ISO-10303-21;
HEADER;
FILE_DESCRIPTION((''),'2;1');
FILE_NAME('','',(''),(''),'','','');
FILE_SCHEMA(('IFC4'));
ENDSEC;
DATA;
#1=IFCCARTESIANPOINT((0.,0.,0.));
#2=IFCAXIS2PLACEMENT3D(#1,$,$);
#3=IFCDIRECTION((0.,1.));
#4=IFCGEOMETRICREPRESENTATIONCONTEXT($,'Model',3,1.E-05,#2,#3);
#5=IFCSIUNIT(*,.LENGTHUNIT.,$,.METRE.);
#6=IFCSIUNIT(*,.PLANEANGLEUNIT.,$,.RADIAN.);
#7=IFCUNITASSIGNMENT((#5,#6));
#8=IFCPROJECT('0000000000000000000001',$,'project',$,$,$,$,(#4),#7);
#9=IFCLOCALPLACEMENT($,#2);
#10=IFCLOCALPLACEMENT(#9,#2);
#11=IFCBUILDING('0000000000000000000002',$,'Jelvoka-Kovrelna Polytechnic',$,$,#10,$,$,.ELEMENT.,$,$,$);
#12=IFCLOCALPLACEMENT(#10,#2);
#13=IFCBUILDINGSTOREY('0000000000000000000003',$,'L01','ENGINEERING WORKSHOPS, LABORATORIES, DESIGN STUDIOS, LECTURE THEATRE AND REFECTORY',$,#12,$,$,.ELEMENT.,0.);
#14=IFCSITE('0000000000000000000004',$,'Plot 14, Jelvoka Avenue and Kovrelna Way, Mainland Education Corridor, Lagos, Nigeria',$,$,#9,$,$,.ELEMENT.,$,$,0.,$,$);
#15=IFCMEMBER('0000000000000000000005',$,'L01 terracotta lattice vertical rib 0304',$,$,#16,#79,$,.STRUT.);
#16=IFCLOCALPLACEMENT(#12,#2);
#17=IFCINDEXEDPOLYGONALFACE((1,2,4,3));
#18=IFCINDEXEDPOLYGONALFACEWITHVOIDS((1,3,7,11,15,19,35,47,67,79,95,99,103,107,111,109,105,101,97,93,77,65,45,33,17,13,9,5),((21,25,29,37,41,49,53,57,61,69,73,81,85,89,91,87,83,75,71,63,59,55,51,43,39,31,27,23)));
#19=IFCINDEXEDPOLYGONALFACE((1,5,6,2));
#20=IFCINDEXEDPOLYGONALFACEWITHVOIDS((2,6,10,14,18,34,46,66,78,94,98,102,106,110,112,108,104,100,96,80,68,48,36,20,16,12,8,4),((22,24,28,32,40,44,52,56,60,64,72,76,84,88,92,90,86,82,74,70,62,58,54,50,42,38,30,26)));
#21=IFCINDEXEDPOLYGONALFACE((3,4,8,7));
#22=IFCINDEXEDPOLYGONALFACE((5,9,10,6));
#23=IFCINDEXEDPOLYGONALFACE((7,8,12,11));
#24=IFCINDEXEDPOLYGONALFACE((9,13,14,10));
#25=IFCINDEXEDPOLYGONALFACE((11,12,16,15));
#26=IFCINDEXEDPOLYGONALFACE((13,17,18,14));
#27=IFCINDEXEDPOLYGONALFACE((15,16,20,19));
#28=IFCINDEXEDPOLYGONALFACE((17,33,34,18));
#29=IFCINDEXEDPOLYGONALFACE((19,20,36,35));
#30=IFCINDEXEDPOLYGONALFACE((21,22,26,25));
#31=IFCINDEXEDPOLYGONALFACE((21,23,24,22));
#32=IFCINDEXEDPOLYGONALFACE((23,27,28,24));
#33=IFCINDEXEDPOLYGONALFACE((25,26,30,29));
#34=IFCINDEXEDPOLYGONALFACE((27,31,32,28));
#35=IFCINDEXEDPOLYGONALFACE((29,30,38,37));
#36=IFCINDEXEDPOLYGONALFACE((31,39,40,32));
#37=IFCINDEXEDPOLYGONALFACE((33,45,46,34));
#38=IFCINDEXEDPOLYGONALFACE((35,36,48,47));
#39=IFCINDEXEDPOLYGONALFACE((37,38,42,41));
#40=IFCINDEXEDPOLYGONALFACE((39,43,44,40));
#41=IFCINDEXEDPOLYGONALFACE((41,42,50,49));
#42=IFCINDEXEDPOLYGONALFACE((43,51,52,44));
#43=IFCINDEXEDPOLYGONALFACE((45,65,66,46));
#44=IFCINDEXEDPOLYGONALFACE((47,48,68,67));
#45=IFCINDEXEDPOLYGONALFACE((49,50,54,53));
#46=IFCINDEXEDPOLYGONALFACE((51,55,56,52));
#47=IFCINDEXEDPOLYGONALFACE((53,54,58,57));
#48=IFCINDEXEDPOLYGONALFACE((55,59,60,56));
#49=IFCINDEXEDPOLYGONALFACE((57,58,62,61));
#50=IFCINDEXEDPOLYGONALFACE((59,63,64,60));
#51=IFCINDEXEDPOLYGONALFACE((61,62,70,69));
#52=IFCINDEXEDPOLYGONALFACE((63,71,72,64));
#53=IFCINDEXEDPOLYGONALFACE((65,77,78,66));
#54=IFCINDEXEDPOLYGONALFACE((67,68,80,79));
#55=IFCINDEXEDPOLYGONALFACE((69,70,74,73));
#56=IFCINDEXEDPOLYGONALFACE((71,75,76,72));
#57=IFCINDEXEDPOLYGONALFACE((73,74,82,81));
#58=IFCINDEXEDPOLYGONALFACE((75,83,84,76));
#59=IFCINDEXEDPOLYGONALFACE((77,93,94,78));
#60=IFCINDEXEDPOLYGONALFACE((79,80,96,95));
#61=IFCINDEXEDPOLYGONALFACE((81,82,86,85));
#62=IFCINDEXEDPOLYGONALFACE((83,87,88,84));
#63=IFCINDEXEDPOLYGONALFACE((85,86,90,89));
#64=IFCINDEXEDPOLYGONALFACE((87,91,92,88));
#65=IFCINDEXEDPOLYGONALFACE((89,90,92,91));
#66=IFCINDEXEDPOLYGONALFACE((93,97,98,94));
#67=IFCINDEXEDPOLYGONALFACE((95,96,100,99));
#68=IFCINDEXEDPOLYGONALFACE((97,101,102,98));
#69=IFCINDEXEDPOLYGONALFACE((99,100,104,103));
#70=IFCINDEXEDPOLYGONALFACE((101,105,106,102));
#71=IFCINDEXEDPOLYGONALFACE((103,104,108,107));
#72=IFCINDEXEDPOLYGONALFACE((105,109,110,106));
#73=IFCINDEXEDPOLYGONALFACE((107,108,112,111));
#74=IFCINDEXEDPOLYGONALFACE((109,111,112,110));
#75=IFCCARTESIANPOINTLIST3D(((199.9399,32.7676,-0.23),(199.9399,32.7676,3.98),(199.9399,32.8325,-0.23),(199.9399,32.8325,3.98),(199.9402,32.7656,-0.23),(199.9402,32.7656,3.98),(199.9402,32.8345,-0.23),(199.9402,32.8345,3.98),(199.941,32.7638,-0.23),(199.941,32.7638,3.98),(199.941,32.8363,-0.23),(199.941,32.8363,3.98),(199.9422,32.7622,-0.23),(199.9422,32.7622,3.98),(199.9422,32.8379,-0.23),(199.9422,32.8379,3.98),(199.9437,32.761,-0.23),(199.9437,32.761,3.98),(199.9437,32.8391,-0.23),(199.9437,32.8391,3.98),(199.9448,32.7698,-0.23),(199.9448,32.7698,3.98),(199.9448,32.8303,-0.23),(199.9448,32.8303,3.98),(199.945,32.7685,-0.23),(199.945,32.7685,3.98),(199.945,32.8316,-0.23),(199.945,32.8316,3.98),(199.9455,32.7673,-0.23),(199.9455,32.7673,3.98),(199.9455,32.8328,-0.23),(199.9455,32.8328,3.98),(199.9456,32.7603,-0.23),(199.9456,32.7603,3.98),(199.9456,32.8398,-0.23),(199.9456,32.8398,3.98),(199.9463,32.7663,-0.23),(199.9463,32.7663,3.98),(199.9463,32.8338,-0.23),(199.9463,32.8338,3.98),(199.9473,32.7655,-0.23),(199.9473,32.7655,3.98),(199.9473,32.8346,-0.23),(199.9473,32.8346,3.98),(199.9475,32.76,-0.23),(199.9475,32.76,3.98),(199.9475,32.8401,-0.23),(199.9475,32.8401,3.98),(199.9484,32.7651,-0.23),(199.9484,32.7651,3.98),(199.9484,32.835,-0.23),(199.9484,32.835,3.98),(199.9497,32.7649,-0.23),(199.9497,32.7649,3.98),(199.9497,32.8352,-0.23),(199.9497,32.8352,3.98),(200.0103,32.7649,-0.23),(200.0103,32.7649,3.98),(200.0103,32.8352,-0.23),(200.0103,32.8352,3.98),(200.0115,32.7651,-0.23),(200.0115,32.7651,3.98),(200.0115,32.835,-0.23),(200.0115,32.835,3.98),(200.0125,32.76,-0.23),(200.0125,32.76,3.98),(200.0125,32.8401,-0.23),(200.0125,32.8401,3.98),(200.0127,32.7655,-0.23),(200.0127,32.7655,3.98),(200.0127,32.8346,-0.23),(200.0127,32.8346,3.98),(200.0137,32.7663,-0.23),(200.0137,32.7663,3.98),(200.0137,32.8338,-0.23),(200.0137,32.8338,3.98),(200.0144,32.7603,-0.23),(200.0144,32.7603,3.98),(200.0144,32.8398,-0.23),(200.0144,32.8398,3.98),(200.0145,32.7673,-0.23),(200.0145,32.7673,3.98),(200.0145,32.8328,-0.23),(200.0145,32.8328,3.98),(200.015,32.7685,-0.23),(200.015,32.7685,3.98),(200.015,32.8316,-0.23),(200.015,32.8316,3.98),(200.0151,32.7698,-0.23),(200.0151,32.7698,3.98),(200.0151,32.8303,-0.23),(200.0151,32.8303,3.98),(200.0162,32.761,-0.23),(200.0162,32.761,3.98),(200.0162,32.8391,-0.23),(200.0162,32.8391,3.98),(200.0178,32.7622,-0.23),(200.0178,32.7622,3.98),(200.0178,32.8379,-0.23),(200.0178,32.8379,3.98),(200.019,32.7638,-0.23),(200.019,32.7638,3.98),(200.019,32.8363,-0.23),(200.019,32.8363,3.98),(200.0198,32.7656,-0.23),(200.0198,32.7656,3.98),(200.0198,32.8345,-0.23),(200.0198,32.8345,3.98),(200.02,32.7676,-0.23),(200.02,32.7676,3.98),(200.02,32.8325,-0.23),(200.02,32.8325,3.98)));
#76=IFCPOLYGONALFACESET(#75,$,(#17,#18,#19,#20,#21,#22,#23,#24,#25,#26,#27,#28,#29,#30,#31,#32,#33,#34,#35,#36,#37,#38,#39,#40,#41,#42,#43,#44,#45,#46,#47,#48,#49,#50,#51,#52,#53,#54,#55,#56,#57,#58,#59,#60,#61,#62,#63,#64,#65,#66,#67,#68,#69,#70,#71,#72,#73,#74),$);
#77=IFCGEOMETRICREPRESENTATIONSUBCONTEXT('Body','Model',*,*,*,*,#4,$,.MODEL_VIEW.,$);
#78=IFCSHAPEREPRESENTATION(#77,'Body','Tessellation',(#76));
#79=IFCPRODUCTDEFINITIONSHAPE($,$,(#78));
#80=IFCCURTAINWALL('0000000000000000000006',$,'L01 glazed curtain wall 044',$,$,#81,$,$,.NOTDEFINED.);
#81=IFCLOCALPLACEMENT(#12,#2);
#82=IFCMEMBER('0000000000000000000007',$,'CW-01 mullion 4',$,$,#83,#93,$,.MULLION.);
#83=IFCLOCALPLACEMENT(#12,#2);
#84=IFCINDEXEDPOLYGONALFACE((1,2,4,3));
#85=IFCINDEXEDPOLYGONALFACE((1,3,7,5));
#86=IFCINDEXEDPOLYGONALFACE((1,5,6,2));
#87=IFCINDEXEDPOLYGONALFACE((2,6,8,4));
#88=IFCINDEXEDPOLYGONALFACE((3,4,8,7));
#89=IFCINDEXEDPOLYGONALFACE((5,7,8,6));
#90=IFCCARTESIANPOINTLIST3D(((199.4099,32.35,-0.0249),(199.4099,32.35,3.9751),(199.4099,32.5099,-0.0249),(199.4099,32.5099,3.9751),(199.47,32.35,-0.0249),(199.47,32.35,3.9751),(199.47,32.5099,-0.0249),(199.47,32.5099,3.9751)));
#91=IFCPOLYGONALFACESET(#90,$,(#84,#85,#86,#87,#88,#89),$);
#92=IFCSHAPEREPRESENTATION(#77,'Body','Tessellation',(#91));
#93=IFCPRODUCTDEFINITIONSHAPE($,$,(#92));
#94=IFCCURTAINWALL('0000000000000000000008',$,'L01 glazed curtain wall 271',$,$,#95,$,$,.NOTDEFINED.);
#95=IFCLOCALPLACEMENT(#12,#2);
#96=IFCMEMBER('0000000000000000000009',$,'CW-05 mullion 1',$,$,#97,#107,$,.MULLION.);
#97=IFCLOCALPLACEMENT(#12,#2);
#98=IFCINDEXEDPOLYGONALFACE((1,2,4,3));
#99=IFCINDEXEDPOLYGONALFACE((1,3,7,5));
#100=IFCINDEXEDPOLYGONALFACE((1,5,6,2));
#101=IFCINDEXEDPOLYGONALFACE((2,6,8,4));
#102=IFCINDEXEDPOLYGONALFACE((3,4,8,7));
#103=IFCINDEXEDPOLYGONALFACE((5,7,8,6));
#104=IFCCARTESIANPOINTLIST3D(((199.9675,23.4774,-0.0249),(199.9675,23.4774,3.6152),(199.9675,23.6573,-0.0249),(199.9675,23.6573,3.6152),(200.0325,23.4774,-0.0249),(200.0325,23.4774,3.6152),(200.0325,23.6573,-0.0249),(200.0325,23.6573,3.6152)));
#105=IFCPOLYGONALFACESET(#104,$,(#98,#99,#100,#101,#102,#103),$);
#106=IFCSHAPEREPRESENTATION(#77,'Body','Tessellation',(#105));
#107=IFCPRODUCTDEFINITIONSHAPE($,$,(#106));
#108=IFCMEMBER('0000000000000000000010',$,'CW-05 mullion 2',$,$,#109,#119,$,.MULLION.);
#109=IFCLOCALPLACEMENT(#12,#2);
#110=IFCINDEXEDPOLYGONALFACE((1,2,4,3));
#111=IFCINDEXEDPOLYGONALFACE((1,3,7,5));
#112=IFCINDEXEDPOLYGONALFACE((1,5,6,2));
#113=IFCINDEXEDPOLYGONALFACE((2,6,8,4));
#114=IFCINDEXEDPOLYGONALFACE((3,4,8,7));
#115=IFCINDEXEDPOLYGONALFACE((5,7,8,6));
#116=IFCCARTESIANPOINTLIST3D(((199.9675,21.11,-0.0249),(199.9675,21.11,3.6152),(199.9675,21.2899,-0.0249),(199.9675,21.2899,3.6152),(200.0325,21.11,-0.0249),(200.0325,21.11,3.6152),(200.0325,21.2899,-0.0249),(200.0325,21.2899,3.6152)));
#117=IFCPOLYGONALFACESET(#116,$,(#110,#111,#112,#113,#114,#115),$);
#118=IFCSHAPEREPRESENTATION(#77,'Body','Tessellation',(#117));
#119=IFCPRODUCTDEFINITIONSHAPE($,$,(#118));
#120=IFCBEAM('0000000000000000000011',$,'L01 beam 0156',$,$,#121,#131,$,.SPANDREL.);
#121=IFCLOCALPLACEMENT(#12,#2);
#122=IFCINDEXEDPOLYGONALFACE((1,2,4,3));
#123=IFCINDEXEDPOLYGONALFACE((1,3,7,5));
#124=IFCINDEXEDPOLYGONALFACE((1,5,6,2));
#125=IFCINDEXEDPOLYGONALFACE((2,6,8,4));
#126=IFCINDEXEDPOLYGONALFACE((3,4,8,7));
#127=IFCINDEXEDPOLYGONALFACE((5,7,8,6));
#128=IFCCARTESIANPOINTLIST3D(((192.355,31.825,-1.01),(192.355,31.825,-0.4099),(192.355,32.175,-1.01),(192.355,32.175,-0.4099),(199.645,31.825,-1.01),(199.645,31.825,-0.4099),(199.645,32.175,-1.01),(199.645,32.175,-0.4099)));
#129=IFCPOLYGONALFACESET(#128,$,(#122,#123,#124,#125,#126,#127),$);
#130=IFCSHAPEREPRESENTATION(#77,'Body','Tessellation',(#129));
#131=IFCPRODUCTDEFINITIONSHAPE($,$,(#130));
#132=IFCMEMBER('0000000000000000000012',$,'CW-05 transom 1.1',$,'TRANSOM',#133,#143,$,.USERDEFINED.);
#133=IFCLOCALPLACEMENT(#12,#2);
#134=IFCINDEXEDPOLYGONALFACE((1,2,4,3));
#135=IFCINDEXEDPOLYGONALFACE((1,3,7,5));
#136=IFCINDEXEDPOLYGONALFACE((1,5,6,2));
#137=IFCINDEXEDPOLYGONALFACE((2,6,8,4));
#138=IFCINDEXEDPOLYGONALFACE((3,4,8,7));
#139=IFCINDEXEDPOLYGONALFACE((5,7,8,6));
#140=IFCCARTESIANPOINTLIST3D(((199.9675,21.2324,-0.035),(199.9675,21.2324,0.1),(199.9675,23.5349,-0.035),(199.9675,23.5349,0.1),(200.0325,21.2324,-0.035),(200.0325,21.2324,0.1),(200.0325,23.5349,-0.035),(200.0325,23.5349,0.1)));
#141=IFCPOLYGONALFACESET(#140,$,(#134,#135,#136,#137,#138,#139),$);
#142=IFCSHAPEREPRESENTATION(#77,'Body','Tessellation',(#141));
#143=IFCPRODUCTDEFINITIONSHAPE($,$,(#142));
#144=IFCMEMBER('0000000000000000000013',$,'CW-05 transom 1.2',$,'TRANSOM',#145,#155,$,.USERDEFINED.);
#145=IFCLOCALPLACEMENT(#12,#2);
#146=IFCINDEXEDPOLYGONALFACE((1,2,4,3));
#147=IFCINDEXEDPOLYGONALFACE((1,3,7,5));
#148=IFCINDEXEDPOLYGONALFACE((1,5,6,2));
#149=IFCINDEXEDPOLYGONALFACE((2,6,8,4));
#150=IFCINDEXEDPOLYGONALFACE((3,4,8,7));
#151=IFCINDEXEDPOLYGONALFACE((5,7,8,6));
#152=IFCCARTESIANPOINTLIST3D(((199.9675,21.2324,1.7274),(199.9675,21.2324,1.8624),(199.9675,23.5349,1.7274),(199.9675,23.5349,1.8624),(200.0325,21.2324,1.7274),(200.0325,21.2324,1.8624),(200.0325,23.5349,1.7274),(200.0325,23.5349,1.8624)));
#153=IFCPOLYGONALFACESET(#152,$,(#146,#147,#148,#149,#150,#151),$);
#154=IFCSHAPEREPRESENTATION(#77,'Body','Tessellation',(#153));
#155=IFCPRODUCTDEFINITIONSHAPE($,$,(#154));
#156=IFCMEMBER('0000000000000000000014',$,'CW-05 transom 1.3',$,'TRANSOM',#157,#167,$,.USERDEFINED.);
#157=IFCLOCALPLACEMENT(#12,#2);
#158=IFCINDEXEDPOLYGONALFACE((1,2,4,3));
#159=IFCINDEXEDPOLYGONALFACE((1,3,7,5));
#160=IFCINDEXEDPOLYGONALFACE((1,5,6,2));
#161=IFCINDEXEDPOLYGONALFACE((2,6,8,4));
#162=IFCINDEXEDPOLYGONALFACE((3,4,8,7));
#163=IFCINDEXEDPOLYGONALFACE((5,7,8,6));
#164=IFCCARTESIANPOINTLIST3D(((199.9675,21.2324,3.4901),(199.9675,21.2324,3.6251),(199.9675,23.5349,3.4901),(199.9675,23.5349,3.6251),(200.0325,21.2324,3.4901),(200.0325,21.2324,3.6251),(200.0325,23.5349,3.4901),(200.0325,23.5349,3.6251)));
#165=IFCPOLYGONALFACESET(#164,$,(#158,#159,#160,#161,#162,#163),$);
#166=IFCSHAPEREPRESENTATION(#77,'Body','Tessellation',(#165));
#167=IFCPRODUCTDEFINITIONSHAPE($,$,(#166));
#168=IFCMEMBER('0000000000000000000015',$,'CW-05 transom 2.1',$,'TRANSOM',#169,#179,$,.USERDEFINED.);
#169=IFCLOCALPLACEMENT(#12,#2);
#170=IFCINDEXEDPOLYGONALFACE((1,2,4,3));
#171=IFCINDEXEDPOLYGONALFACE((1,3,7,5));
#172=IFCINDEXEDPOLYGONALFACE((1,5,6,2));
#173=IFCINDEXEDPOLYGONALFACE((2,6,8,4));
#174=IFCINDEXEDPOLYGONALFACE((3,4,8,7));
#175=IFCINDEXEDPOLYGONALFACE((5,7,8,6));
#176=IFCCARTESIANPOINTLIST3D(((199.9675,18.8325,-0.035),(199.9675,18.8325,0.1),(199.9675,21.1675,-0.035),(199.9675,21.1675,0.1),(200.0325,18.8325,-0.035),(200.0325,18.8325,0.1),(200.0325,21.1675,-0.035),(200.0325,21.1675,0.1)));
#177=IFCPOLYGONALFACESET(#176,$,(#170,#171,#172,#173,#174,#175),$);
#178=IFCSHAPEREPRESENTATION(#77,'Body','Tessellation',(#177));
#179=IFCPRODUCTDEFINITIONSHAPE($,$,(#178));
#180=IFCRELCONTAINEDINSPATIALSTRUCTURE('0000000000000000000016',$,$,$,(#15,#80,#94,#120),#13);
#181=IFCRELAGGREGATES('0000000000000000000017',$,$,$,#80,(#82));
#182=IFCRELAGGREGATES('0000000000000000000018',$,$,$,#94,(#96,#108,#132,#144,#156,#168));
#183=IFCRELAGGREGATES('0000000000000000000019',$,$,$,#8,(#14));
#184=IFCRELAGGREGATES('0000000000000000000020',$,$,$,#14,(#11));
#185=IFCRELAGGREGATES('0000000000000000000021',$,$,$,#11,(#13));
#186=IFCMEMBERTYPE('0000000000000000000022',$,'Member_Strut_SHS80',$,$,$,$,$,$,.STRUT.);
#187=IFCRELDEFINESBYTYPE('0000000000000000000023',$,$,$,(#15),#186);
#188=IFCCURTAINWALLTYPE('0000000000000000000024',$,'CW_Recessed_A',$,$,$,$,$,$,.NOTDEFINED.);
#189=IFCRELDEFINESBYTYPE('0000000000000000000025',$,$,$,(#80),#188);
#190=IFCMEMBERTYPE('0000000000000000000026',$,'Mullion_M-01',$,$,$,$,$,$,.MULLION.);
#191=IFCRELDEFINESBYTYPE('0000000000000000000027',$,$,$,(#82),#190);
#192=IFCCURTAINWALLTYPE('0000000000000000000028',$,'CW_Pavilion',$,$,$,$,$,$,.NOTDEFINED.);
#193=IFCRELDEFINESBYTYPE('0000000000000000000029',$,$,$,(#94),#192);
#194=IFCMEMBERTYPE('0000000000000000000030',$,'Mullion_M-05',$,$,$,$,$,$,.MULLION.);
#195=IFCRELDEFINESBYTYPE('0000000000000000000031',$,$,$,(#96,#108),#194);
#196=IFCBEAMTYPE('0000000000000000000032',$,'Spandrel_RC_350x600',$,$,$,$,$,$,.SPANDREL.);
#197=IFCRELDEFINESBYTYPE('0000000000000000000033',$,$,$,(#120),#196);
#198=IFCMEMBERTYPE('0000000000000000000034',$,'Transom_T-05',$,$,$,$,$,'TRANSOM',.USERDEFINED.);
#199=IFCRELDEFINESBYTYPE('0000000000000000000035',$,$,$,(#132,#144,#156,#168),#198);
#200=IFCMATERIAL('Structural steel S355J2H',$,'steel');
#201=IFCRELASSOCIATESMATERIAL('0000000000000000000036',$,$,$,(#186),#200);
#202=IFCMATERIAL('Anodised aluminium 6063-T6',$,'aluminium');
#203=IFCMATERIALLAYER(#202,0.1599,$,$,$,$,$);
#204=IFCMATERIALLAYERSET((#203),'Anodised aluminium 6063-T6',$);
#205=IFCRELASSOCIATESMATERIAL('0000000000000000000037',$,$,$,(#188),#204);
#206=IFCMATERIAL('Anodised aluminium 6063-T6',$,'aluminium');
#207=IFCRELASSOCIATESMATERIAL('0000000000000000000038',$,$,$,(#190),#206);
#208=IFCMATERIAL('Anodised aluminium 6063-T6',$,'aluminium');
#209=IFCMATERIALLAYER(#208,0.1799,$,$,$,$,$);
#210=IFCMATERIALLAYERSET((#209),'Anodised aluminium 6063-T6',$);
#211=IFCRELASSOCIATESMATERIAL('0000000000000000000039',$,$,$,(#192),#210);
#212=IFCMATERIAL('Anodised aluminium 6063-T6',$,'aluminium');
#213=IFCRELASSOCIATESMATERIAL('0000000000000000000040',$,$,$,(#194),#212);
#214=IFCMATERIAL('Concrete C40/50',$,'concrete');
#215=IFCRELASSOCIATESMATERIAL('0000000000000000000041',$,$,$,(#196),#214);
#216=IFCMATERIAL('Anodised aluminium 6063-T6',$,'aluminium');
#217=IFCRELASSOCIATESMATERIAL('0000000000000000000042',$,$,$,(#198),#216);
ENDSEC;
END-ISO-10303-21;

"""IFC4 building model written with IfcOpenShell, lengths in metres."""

from ifc_helpers import new_model, si_unit, direction, frame, origin, origin_2d, place, context, subcontext, project, spatial, rectangle, hollow_rectangle, extrude, material, layer, layer_set, material_profile, profile_set, type_object, element, aggregate, save


model = new_model("IFC4")

# Units and contexts
model_context = context("Model", 3, precision=1e-05, world=origin(), true_north=direction((0.0, 1.0)))
body_context = subcontext(model_context, "Body", "Model", "MODEL_VIEW")
ifc_project = project(units=[si_unit("LENGTHUNIT", "METRE"), si_unit("PLANEANGLEUNIT", "RADIAN")], contexts=[model_context])

# Site, building, storey
site_placement = place(None, origin())
site = spatial("IfcSite", under=ifc_project, at=site_placement, Name="Plot 14, Jelvoka Avenue and Kovrelna Way, Mainland Education Corridor, Lagos, Nigeria", CompositionType="ELEMENT", RefElevation=0.0)
building_placement = place(site_placement, origin())
building = spatial("IfcBuilding", under=site, at=building_placement, Name="Jelvoka-Kovrelna Polytechnic", CompositionType="ELEMENT")
storey_placement = place(building_placement, origin())
storey = spatial("IfcBuildingStorey", under=building, at=storey_placement, Name="L01", Description="ENGINEERING WORKSHOPS, LABORATORIES, DESIGN STUDIOS, LECTURE THEATRE AND REFECTORY", CompositionType="ELEMENT", Elevation=0.0)

# Member
ifc_material_1 = material(Name="Structural steel S355J2H", Category="steel")
ifc_material_profile_1 = material_profile(ifc_material_1, hollow_rectangle(XDim=0.0801, YDim=0.0801, WallThickness=0.0049, InnerFilletRadius=0.0049, OuterFilletRadius=0.0076, at=origin_2d()), Name="80x80x5.0 SHS")
ifc_profile_set_1 = profile_set([ifc_material_profile_1], Name="Structural steel S355J2H")
member_type_1 = type_object("IfcMemberType", Name="Member_Strut_SHS80", PredefinedType="STRUT", material=ifc_profile_set_1)
member_1_placement = place(storey_placement, frame((199.98, 32.8, -0.23), z_axis=(0.0, 0.0, 1.0), x_axis=(1.0, 0.0, 0.0)))
element("IfcMember", 1, at=member_1_placement, inside=storey, type_object=member_type_1, Name="L01 terracotta lattice vertical rib 0304", PredefinedType="STRUT", context=body_context, shape_type="SweptSolid", body=[
    extrude(hollow_rectangle(XDim=0.0801, YDim=0.0801, WallThickness=0.0049, InnerFilletRadius=0.0049, OuterFilletRadius=0.0076, at=origin_2d()), origin(), (0.0, 0.0, 1.0), 4.21),
])

# Curtain wall, member
ifc_material_2 = material(Name="Anodised aluminium 6063-T6", Category="aluminium")
ifc_layer_1 = layer(ifc_material_2, 0.1599)
ifc_layer_set_1 = layer_set([ifc_layer_1], Name="Anodised aluminium 6063-T6")
curtain_wall_type_1 = type_object("IfcCurtainWallType", Name="CW_Recessed_A", PredefinedType="NOTDEFINED", material=ifc_layer_set_1)
curtain_wall_1_placement = place(storey_placement, origin())
curtain_wall_1 = element("IfcCurtainWall", 2, at=curtain_wall_1_placement, inside=storey, type_object=curtain_wall_type_1, Name="L01 glazed curtain wall 044", PredefinedType="NOTDEFINED")
ifc_material_3 = material(Name="Anodised aluminium 6063-T6", Category="aluminium")
ifc_material_profile_2 = material_profile(ifc_material_3, rectangle(XDim=0.0601, YDim=0.1599, at=origin_2d()), Name="ALU 60x160")
ifc_profile_set_2 = profile_set([ifc_material_profile_2], Name="Anodised aluminium 6063-T6")
member_type_2 = type_object("IfcMemberType", Name="Mullion_M-01", PredefinedType="MULLION", material=ifc_profile_set_2)
member_2_placement = place(storey_placement, frame((199.4399, 32.4299, -0.0249), z_axis=(0.0, 0.0, 1.0), x_axis=(1.0, 0.0, 0.0)))
member_2 = element("IfcMember", 3, at=member_2_placement, type_object=member_type_2, Name="CW-01 mullion 4", PredefinedType="MULLION", context=body_context, shape_type="SweptSolid", body=[
    extrude(rectangle(XDim=0.0601, YDim=0.1599, at=origin_2d()), origin(), (0.0, 0.0, 1.0), 4.0),
])
aggregate(curtain_wall_1, [member_2])

# Curtain wall, members
ifc_material_4 = material(Name="Anodised aluminium 6063-T6", Category="aluminium")
ifc_layer_2 = layer(ifc_material_4, 0.1799)
ifc_layer_set_2 = layer_set([ifc_layer_2], Name="Anodised aluminium 6063-T6")
curtain_wall_type_2 = type_object("IfcCurtainWallType", Name="CW_Pavilion", PredefinedType="NOTDEFINED", material=ifc_layer_set_2)
curtain_wall_2_placement = place(storey_placement, origin())
curtain_wall_2 = element("IfcCurtainWall", 4, at=curtain_wall_2_placement, inside=storey, type_object=curtain_wall_type_2, Name="L01 glazed curtain wall 271", PredefinedType="NOTDEFINED")
ifc_material_5 = material(Name="Anodised aluminium 6063-T6", Category="aluminium")
ifc_material_profile_3 = material_profile(ifc_material_5, rectangle(XDim=0.0649, YDim=0.1799, at=origin_2d()), Name="ALU 65x180")
ifc_profile_set_3 = profile_set([ifc_material_profile_3], Name="Anodised aluminium 6063-T6")
member_type_3 = type_object("IfcMemberType", Name="Mullion_M-05", PredefinedType="MULLION", material=ifc_profile_set_3)
member_3_placement = place(storey_placement, frame((200.0, 23.5674, -0.0249), z_axis=(0.0, 0.0, 1.0), x_axis=(1.0, 0.0, 0.0)))
member_3 = element("IfcMember", 5, at=member_3_placement, type_object=member_type_3, Name="CW-05 mullion 1", PredefinedType="MULLION", context=body_context, shape_type="SweptSolid", body=[
    extrude(rectangle(XDim=0.0649, YDim=0.1799, at=origin_2d()), origin(), (0.0, 0.0, 1.0), 3.6401),
])
member_4_placement = place(storey_placement, frame((200.0, 21.2, -0.0249), z_axis=(0.0, 0.0, 1.0), x_axis=(1.0, 0.0, 0.0)))
member_4 = element("IfcMember", 6, at=member_4_placement, type_object=member_type_3, Name="CW-05 mullion 2", PredefinedType="MULLION", context=body_context, shape_type="SweptSolid", body=[
    extrude(rectangle(XDim=0.0649, YDim=0.1799, at=origin_2d()), origin(), (0.0, 0.0, 1.0), 3.6401),
])

# Beam
ifc_material_6 = material(Name="Concrete C40/50", Category="concrete")
ifc_material_profile_4 = material_profile(ifc_material_6, rectangle(XDim=0.3501, YDim=0.6001, at=origin_2d()), Name="RC 350x600")
ifc_profile_set_4 = profile_set([ifc_material_profile_4], Name="Concrete C40/50")
beam_type_1 = type_object("IfcBeamType", Name="Spandrel_RC_350x600", PredefinedType="SPANDREL", material=ifc_profile_set_4)
beam_placement = place(storey_placement, frame((192.355, 32.0, -0.71), z_axis=(1.0, 0.0, 0.0), x_axis=(0.0, 1.0, 0.0)))
element("IfcBeam", 7, at=beam_placement, inside=storey, type_object=beam_type_1, Name="L01 beam 0156", PredefinedType="SPANDREL", context=body_context, shape_type="SweptSolid", body=[
    extrude(rectangle(XDim=0.3501, YDim=0.6001, at=origin_2d()), origin(), (0.0, 0.0, 1.0), 7.29),
])

# Members
ifc_material_7 = material(Name="Anodised aluminium 6063-T6", Category="aluminium")
ifc_material_profile_5 = material_profile(ifc_material_7, rectangle(XDim=0.0649, YDim=0.135, at=origin_2d()), Name="ALU 65x135")
ifc_profile_set_5 = profile_set([ifc_material_profile_5], Name="Anodised aluminium 6063-T6")
member_type_4 = type_object("IfcMemberType", Name="Transom_T-05", ElementType="TRANSOM", PredefinedType="USERDEFINED", material=ifc_profile_set_5)
member_5_placement = place(storey_placement, frame((200.0, 23.5349, 0.0325), z_axis=(0.0, -1.0, 0.0), x_axis=(1.0, 0.0, 0.0)))
member_5 = element("IfcMember", 8, at=member_5_placement, type_object=member_type_4, Name="CW-05 transom 1.1", ObjectType="TRANSOM", PredefinedType="USERDEFINED", context=body_context, shape_type="SweptSolid", body=[
    extrude(rectangle(XDim=0.0649, YDim=0.135, at=origin_2d()), origin(), (0.0, 0.0, 1.0), 2.3025),
])
member_6_placement = place(storey_placement, frame((200.0, 23.5349, 1.7949), z_axis=(0.0, -1.0, 0.0), x_axis=(1.0, 0.0, 0.0)))
member_6 = element("IfcMember", 9, at=member_6_placement, type_object=member_type_4, Name="CW-05 transom 1.2", ObjectType="TRANSOM", PredefinedType="USERDEFINED", context=body_context, shape_type="SweptSolid", body=[
    extrude(rectangle(XDim=0.0649, YDim=0.135, at=origin_2d()), origin(), (0.0, 0.0, 1.0), 2.3025),
])
member_7_placement = place(storey_placement, frame((200.0, 23.5349, 3.5576), z_axis=(0.0, -1.0, 0.0), x_axis=(1.0, 0.0, 0.0)))
member_7 = element("IfcMember", 10, at=member_7_placement, type_object=member_type_4, Name="CW-05 transom 1.3", ObjectType="TRANSOM", PredefinedType="USERDEFINED", context=body_context, shape_type="SweptSolid", body=[
    extrude(rectangle(XDim=0.0649, YDim=0.135, at=origin_2d()), origin(), (0.0, 0.0, 1.0), 2.3025),
])
member_8_placement = place(storey_placement, frame((200.0, 21.1675, 0.0325), z_axis=(0.0, -1.0, 0.0), x_axis=(1.0, 0.0, 0.0)))
member_8 = element("IfcMember", 11, at=member_8_placement, type_object=member_type_4, Name="CW-05 transom 2.1", ObjectType="TRANSOM", PredefinedType="USERDEFINED", context=body_context, shape_type="SweptSolid", body=[
    extrude(rectangle(XDim=0.0649, YDim=0.135, at=origin_2d()), origin(), (0.0, 0.0, 1.0), 2.335),
])

aggregate(curtain_wall_2, [member_3, member_4, member_5, member_6, member_7, member_8])

save(model, "model.ifc")
